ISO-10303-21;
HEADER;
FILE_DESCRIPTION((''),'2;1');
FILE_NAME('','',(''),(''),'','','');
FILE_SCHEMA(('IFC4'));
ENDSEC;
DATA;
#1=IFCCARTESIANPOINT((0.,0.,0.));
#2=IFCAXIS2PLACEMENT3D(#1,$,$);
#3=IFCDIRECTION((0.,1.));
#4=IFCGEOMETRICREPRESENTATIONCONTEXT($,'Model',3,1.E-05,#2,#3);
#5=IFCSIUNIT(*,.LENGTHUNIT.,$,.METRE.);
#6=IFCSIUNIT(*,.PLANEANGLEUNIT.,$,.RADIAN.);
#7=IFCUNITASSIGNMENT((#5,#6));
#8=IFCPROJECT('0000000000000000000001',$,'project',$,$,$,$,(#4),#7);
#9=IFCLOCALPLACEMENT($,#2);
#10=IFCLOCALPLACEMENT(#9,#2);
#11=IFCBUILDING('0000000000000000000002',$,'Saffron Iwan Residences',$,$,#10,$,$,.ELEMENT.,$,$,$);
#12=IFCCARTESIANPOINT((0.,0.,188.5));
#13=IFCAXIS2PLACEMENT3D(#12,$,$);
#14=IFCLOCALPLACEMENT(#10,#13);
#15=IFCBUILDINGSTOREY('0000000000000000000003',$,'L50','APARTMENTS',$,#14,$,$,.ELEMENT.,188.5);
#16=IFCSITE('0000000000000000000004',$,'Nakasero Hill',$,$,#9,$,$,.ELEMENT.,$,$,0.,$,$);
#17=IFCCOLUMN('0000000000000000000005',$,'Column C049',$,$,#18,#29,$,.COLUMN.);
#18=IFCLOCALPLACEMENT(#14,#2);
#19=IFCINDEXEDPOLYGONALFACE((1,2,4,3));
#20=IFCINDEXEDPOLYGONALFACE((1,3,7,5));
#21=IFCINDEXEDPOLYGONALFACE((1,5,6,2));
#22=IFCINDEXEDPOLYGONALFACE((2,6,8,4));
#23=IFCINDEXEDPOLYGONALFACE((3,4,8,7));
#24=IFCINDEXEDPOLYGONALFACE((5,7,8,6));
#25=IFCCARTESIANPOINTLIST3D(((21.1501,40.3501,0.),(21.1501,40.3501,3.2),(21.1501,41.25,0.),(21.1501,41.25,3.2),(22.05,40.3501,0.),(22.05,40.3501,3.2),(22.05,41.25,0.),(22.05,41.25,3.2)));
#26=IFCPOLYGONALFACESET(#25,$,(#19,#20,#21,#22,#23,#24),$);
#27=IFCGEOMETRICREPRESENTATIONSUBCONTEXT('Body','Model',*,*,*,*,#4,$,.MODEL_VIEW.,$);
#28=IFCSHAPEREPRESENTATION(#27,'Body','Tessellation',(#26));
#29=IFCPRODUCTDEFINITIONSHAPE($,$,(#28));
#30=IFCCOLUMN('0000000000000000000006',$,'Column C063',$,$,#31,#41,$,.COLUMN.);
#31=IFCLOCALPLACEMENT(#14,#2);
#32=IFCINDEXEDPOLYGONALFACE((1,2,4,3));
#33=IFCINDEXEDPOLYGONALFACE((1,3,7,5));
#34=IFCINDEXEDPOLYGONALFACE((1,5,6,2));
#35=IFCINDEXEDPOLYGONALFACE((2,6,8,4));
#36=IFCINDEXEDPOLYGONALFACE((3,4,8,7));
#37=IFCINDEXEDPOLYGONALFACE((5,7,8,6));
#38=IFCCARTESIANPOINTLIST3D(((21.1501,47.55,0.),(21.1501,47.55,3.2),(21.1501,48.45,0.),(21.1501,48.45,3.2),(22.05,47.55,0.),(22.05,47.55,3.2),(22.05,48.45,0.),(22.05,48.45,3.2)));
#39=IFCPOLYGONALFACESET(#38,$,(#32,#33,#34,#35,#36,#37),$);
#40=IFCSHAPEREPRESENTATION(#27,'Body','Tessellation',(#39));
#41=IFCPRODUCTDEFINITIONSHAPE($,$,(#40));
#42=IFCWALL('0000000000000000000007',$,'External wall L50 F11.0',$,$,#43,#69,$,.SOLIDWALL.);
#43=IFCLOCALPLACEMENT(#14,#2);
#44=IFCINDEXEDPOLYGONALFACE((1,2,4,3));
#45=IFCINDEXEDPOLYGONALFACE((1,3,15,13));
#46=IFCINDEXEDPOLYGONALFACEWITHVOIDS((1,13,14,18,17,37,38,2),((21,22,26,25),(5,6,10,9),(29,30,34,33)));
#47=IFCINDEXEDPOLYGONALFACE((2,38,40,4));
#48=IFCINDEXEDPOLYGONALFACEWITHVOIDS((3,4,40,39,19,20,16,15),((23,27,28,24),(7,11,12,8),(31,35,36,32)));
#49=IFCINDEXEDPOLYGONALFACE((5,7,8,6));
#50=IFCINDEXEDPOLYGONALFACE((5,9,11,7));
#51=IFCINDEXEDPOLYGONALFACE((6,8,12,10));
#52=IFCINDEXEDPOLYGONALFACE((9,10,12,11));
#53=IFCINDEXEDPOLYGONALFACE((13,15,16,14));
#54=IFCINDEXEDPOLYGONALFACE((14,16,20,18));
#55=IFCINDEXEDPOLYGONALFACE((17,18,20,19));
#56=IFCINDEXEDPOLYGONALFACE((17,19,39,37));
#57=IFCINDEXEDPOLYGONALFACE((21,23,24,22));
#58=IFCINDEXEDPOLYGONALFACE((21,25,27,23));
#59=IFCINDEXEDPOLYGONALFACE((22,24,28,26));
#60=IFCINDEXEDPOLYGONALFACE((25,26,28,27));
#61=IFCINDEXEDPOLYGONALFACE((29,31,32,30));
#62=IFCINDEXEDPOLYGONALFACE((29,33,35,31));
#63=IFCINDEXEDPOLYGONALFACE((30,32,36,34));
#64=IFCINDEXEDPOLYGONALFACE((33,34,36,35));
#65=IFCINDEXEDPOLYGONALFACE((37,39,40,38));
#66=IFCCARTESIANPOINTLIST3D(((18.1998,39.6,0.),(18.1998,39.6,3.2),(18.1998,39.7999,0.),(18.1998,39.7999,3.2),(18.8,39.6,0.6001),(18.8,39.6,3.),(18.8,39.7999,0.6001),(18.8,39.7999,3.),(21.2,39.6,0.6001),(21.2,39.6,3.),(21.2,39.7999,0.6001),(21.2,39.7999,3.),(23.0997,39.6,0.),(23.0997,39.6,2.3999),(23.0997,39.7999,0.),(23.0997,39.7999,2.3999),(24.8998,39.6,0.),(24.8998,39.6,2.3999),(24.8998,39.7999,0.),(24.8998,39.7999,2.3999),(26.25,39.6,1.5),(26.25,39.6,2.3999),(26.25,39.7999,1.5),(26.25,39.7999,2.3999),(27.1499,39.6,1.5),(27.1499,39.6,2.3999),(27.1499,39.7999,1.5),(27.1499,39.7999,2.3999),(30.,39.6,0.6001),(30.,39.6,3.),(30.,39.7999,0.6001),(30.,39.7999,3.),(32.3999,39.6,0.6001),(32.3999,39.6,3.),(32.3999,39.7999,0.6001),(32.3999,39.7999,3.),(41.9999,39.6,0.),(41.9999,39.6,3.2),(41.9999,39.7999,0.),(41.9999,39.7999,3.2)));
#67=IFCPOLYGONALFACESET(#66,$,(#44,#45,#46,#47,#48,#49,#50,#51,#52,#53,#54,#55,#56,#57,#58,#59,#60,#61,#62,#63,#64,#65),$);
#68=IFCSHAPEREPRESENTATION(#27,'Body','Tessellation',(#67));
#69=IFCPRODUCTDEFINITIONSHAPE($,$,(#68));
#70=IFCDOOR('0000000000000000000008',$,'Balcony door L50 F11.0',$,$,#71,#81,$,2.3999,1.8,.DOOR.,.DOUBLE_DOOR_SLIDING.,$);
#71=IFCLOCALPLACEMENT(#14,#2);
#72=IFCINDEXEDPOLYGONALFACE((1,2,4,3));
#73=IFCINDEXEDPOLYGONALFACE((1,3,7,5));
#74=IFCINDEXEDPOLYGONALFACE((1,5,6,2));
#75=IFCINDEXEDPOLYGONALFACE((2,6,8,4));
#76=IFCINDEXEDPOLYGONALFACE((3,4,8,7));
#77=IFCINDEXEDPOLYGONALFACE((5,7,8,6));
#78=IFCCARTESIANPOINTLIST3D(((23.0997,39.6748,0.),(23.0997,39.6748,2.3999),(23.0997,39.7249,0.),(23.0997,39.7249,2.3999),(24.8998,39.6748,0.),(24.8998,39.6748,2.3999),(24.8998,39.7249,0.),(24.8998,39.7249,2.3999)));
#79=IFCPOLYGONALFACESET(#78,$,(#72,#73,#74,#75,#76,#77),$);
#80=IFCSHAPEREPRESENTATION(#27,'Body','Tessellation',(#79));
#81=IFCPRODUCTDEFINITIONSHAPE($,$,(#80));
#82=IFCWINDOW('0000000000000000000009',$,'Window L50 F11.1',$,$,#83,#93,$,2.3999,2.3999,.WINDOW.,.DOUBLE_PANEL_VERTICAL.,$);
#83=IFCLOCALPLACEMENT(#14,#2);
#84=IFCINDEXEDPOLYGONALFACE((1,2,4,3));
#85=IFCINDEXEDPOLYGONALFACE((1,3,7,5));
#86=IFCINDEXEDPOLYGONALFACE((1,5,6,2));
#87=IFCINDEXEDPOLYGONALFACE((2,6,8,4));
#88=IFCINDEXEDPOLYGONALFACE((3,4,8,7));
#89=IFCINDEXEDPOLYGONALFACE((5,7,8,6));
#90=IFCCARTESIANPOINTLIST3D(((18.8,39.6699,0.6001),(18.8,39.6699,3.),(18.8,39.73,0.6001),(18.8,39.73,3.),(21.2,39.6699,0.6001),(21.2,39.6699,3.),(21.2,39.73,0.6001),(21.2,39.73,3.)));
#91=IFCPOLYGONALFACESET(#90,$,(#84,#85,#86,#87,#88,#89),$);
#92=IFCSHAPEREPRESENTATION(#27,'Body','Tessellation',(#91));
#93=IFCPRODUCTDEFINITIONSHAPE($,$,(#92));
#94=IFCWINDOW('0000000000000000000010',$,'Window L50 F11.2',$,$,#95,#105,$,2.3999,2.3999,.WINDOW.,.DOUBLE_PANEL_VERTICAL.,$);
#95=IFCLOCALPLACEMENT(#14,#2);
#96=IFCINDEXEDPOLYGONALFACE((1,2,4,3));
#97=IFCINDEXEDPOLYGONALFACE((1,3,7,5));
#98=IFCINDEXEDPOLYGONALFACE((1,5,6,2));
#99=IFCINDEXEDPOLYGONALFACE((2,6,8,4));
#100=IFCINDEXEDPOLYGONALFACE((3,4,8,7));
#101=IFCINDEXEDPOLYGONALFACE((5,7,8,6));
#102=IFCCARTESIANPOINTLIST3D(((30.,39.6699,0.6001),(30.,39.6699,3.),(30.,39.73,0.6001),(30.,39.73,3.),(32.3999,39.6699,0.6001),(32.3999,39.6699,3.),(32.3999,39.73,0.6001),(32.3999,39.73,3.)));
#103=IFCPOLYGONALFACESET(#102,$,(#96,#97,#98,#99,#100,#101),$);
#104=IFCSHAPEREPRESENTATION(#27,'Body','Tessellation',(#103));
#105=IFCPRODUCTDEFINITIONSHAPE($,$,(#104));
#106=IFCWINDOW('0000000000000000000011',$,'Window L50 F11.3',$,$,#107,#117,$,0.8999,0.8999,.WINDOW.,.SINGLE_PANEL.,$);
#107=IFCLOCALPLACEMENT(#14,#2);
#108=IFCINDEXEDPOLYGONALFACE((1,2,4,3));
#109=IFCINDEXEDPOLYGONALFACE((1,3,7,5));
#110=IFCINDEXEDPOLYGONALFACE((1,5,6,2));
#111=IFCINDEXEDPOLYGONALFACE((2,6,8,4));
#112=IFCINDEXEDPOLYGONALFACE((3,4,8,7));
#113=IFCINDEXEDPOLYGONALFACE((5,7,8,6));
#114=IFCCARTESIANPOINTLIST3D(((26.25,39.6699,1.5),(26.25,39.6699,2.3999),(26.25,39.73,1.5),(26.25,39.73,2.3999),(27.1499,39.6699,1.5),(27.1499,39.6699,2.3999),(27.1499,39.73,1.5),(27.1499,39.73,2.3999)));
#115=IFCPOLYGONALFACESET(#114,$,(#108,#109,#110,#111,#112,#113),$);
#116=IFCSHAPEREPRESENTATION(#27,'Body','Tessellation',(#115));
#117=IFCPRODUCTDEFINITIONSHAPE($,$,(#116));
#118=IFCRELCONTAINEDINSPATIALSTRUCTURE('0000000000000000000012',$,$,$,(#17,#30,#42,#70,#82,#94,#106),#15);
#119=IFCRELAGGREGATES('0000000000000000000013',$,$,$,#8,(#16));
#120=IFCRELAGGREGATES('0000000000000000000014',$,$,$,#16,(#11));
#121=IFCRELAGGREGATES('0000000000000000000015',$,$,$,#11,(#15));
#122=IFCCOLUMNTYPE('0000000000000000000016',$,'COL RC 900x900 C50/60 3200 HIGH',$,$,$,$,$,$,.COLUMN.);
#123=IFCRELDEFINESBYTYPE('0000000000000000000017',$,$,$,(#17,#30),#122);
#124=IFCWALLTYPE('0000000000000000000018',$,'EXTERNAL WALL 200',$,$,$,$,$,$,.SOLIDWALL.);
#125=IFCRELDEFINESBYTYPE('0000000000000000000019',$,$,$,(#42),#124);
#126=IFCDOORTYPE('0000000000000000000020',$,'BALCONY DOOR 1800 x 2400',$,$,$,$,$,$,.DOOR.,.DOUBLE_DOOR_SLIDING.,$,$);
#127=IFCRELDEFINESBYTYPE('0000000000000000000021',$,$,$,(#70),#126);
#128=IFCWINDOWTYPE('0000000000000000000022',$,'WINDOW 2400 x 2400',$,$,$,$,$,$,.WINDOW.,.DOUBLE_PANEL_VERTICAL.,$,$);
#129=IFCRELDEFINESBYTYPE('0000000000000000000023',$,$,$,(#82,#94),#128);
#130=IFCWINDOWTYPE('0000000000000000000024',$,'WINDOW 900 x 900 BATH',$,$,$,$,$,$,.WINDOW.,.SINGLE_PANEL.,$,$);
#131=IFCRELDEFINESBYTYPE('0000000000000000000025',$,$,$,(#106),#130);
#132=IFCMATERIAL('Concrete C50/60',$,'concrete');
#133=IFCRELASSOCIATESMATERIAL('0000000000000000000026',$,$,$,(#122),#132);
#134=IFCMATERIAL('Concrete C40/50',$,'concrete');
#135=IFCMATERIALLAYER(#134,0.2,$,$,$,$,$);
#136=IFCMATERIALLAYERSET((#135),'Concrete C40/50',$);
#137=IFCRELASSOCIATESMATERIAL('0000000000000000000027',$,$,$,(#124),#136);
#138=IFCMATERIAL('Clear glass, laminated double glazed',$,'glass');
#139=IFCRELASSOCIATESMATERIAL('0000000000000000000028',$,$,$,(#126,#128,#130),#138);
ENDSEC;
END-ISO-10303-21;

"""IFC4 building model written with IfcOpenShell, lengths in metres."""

from ifc_helpers import new_model, si_unit, direction, frame, frame_2d, origin, origin_2d, place, context, subcontext, project, spatial, rectangle, extrude, source, transform, mapped, material, layer, layer_set, material_profile, profile_set, type_object, element, fill, save


model = new_model("IFC4")

# Units and contexts
model_context = context("Model", 3, precision=1e-05, world=origin(), true_north=direction((0.0, 1.0)))
body_context = subcontext(model_context, "Body", "Model", "MODEL_VIEW")
ifc_project = project(units=[si_unit("LENGTHUNIT", "METRE"), si_unit("PLANEANGLEUNIT", "RADIAN")], contexts=[model_context])

# Site, building, storey
site_placement = place(None, origin())
site = spatial("IfcSite", under=ifc_project, at=site_placement, Name="Nakasero Hill", CompositionType="ELEMENT", RefElevation=0.0)
building_placement = place(site_placement, origin())
building = spatial("IfcBuilding", under=site, at=building_placement, Name="Saffron Iwan Residences", CompositionType="ELEMENT")
storey_placement = place(building_placement, frame((0.0, 0.0, 188.5)))
storey = spatial("IfcBuildingStorey", under=building, at=storey_placement, Name="L50", Description="APARTMENTS", CompositionType="ELEMENT", Elevation=188.5)

# Columns
ifc_material_1 = material(Name="Concrete C50/60", Category="concrete")
ifc_material_profile = material_profile(ifc_material_1, rectangle(XDim=0.8999, YDim=0.8999, at=origin_2d()), Name="RC 900x900")
ifc_profile_set = profile_set([ifc_material_profile], Name="Concrete C50/60")
column_type = type_object("IfcColumnType", Name="COL RC 900x900 C50/60 3200 HIGH", PredefinedType="COLUMN", material=ifc_profile_set)
shared_shape = source(origin(), body_context, "Body", "SweptSolid", [
    extrude(rectangle(XDim=0.8999, YDim=0.8999, at=origin_2d()), origin(), (0.0, 0.0, 1.0), 3.2),
])
for number, where, z_axis, x_axis, name in (
    (1, (21.6001, 40.8, 0.0), (0.0, 0.0, 1.0), (1.0, 0.0, 0.0), "Column C049"),
    (2, (21.6001, 48.0, 0.0), (0.0, 0.0, 1.0), (1.0, 0.0, 0.0), "Column C063"),
):
    element("IfcColumn", number, at=place(storey_placement, frame(where, z_axis=z_axis, x_axis=x_axis)), inside=storey, type_object=column_type, Name=name, PredefinedType="COLUMN", context=body_context, shape_type="MappedRepresentation", body=[
        mapped(shared_shape, transform((0.0, 0.0, 0.0))),
    ])

# Wall, openings, door, windows
ifc_material_2 = material(Name="Concrete C40/50", Category="concrete")
ifc_layer_1 = layer(ifc_material_2, 0.2)
ifc_layer_set_1 = layer_set([ifc_layer_1], Name="Concrete C40/50")
wall_type_1 = type_object("IfcWallType", Name="EXTERNAL WALL 200", PredefinedType="SOLIDWALL", material=ifc_layer_set_1)
wall_1_placement = place(storey_placement, frame((18.2, 39.7, 0.0), z_axis=(0.0, 0.0, 1.0), x_axis=(1.0, 0.0, 0.0)))
wall_1 = element("IfcWall", 3, at=wall_1_placement, inside=storey, type_object=wall_type_1, Name="External wall L50 F11.0", PredefinedType="SOLIDWALL", context=body_context, shape_type="SweptSolid", body=[
    extrude(rectangle(XDim=23.8, YDim=0.2, at=frame_2d((11.8999, 0.0))), origin(), (0.0, 0.0, 1.0), 3.2),
])
opening_1_placement = place(wall_1_placement, frame((4.8999, 0.0, 0.0)))
opening_1 = element("IfcOpeningElement", 4, at=opening_1_placement, cuts=wall_1, PredefinedType="OPENING", context=body_context, shape_type="SweptSolid", body=[
    extrude(rectangle(XDim=1.8, YDim=2.3999, at=frame_2d((0.8999, 1.2))), frame((0.0, 0.1099, 0.0), z_axis=(0.0, -1.0, 0.0), x_axis=(1.0, 0.0, 0.0)), (0.0, 0.0, 1.0), 0.22),
])
opening_2_placement = place(wall_1_placement, frame((0.6001, 0.0, 0.6001)))
opening_2 = element("IfcOpeningElement", 5, at=opening_2_placement, cuts=wall_1, PredefinedType="OPENING", context=body_context, shape_type="SweptSolid", body=[
    extrude(rectangle(XDim=2.3999, YDim=2.3999, at=frame_2d((1.2, 1.2))), frame((0.0, 0.1099, 0.0), z_axis=(0.0, -1.0, 0.0), x_axis=(1.0, 0.0, 0.0)), (0.0, 0.0, 1.0), 0.22),
])
opening_3_placement = place(wall_1_placement, frame((11.8, 0.0, 0.6001)))
opening_3 = element("IfcOpeningElement", 6, at=opening_3_placement, cuts=wall_1, PredefinedType="OPENING", context=body_context, shape_type="SweptSolid", body=[
    extrude(rectangle(XDim=2.3999, YDim=2.3999, at=frame_2d((1.2, 1.2))), frame((0.0, 0.1099, 0.0), z_axis=(0.0, -1.0, 0.0), x_axis=(1.0, 0.0, 0.0)), (0.0, 0.0, 1.0), 0.22),
])
opening_4_placement = place(wall_1_placement, frame((8.05, 0.0, 1.5)))
opening_4 = element("IfcOpeningElement", 7, at=opening_4_placement, cuts=wall_1, PredefinedType="OPENING", context=body_context, shape_type="SweptSolid", body=[
    extrude(rectangle(XDim=0.8999, YDim=0.8999, at=frame_2d((0.45, 0.45))), frame((0.0, 0.1099, 0.0), z_axis=(0.0, -1.0, 0.0), x_axis=(1.0, 0.0, 0.0)), (0.0, 0.0, 1.0), 0.22),
])
ifc_material_3 = material(Name="Clear glass, laminated double glazed", Category="glass")
door_type_1 = type_object("IfcDoorType", Name="BALCONY DOOR 1800 x 2400", OperationType="DOUBLE_DOOR_SLIDING", PredefinedType="DOOR", material=ifc_material_3)
door_1_placement = place(opening_1_placement, origin())
door_1 = element("IfcDoor", 8, at=door_1_placement, inside=storey, type_object=door_type_1, Name="Balcony door L50 F11.0", OperationType="DOUBLE_DOOR_SLIDING", OverallHeight=2.3999, OverallWidth=1.8, PredefinedType="DOOR", context=body_context, shape_type="SweptSolid", body=[
    extrude(rectangle(XDim=1.8, YDim=2.3999, at=frame_2d((0.8999, 1.2))), frame((0.0, 0.0249, 0.0), z_axis=(0.0, -1.0, 0.0), x_axis=(1.0, 0.0, 0.0)), (0.0, 0.0, 1.0), 0.05),
])
fill(opening_1, door_1)
window_type_1 = type_object("IfcWindowType", Name="WINDOW 2400 x 2400", PartitioningType="DOUBLE_PANEL_VERTICAL", PredefinedType="WINDOW", material=ifc_material_3)
window_1_placement = place(opening_2_placement, origin())
window_1 = element("IfcWindow", 9, at=window_1_placement, inside=storey, type_object=window_type_1, Name="Window L50 F11.1", OverallHeight=2.3999, OverallWidth=2.3999, PartitioningType="DOUBLE_PANEL_VERTICAL", PredefinedType="WINDOW", context=body_context, shape_type="SweptSolid", body=[
    extrude(rectangle(XDim=2.3999, YDim=2.3999, at=frame_2d((1.2, 1.2))), frame((0.0, 0.03, 0.0), z_axis=(0.0, -1.0, 0.0), x_axis=(1.0, 0.0, 0.0)), (0.0, 0.0, 1.0), 0.0601),
])
fill(opening_2, window_1)
window_2_placement = place(opening_3_placement, origin())
window_2 = element("IfcWindow", 10, at=window_2_placement, inside=storey, type_object=window_type_1, Name="Window L50 F11.2", OverallHeight=2.3999, OverallWidth=2.3999, PartitioningType="DOUBLE_PANEL_VERTICAL", PredefinedType="WINDOW", context=body_context, shape_type="SweptSolid", body=[
    extrude(rectangle(XDim=2.3999, YDim=2.3999, at=frame_2d((1.2, 1.2))), frame((0.0, 0.03, 0.0), z_axis=(0.0, -1.0, 0.0), x_axis=(1.0, 0.0, 0.0)), (0.0, 0.0, 1.0), 0.0601),
])
fill(opening_3, window_2)
window_type_2 = type_object("IfcWindowType", Name="WINDOW 900 x 900 BATH", PartitioningType="SINGLE_PANEL", PredefinedType="WINDOW", material=ifc_material_3)
window_3_placement = place(opening_4_placement, origin())
window_3 = element("IfcWindow", 11, at=window_3_placement, inside=storey, type_object=window_type_2, Name="Window L50 F11.3", OverallHeight=0.8999, OverallWidth=0.8999, PartitioningType="SINGLE_PANEL", PredefinedType="WINDOW", context=body_context, shape_type="SweptSolid", body=[
    extrude(rectangle(XDim=0.8999, YDim=0.8999, at=frame_2d((0.45, 0.45))), frame((0.0, 0.03, 0.0), z_axis=(0.0, -1.0, 0.0), x_axis=(1.0, 0.0, 0.0)), (0.0, 0.0, 1.0), 0.0601),
])
fill(opening_4, window_3)

save(model, "model.ifc")
